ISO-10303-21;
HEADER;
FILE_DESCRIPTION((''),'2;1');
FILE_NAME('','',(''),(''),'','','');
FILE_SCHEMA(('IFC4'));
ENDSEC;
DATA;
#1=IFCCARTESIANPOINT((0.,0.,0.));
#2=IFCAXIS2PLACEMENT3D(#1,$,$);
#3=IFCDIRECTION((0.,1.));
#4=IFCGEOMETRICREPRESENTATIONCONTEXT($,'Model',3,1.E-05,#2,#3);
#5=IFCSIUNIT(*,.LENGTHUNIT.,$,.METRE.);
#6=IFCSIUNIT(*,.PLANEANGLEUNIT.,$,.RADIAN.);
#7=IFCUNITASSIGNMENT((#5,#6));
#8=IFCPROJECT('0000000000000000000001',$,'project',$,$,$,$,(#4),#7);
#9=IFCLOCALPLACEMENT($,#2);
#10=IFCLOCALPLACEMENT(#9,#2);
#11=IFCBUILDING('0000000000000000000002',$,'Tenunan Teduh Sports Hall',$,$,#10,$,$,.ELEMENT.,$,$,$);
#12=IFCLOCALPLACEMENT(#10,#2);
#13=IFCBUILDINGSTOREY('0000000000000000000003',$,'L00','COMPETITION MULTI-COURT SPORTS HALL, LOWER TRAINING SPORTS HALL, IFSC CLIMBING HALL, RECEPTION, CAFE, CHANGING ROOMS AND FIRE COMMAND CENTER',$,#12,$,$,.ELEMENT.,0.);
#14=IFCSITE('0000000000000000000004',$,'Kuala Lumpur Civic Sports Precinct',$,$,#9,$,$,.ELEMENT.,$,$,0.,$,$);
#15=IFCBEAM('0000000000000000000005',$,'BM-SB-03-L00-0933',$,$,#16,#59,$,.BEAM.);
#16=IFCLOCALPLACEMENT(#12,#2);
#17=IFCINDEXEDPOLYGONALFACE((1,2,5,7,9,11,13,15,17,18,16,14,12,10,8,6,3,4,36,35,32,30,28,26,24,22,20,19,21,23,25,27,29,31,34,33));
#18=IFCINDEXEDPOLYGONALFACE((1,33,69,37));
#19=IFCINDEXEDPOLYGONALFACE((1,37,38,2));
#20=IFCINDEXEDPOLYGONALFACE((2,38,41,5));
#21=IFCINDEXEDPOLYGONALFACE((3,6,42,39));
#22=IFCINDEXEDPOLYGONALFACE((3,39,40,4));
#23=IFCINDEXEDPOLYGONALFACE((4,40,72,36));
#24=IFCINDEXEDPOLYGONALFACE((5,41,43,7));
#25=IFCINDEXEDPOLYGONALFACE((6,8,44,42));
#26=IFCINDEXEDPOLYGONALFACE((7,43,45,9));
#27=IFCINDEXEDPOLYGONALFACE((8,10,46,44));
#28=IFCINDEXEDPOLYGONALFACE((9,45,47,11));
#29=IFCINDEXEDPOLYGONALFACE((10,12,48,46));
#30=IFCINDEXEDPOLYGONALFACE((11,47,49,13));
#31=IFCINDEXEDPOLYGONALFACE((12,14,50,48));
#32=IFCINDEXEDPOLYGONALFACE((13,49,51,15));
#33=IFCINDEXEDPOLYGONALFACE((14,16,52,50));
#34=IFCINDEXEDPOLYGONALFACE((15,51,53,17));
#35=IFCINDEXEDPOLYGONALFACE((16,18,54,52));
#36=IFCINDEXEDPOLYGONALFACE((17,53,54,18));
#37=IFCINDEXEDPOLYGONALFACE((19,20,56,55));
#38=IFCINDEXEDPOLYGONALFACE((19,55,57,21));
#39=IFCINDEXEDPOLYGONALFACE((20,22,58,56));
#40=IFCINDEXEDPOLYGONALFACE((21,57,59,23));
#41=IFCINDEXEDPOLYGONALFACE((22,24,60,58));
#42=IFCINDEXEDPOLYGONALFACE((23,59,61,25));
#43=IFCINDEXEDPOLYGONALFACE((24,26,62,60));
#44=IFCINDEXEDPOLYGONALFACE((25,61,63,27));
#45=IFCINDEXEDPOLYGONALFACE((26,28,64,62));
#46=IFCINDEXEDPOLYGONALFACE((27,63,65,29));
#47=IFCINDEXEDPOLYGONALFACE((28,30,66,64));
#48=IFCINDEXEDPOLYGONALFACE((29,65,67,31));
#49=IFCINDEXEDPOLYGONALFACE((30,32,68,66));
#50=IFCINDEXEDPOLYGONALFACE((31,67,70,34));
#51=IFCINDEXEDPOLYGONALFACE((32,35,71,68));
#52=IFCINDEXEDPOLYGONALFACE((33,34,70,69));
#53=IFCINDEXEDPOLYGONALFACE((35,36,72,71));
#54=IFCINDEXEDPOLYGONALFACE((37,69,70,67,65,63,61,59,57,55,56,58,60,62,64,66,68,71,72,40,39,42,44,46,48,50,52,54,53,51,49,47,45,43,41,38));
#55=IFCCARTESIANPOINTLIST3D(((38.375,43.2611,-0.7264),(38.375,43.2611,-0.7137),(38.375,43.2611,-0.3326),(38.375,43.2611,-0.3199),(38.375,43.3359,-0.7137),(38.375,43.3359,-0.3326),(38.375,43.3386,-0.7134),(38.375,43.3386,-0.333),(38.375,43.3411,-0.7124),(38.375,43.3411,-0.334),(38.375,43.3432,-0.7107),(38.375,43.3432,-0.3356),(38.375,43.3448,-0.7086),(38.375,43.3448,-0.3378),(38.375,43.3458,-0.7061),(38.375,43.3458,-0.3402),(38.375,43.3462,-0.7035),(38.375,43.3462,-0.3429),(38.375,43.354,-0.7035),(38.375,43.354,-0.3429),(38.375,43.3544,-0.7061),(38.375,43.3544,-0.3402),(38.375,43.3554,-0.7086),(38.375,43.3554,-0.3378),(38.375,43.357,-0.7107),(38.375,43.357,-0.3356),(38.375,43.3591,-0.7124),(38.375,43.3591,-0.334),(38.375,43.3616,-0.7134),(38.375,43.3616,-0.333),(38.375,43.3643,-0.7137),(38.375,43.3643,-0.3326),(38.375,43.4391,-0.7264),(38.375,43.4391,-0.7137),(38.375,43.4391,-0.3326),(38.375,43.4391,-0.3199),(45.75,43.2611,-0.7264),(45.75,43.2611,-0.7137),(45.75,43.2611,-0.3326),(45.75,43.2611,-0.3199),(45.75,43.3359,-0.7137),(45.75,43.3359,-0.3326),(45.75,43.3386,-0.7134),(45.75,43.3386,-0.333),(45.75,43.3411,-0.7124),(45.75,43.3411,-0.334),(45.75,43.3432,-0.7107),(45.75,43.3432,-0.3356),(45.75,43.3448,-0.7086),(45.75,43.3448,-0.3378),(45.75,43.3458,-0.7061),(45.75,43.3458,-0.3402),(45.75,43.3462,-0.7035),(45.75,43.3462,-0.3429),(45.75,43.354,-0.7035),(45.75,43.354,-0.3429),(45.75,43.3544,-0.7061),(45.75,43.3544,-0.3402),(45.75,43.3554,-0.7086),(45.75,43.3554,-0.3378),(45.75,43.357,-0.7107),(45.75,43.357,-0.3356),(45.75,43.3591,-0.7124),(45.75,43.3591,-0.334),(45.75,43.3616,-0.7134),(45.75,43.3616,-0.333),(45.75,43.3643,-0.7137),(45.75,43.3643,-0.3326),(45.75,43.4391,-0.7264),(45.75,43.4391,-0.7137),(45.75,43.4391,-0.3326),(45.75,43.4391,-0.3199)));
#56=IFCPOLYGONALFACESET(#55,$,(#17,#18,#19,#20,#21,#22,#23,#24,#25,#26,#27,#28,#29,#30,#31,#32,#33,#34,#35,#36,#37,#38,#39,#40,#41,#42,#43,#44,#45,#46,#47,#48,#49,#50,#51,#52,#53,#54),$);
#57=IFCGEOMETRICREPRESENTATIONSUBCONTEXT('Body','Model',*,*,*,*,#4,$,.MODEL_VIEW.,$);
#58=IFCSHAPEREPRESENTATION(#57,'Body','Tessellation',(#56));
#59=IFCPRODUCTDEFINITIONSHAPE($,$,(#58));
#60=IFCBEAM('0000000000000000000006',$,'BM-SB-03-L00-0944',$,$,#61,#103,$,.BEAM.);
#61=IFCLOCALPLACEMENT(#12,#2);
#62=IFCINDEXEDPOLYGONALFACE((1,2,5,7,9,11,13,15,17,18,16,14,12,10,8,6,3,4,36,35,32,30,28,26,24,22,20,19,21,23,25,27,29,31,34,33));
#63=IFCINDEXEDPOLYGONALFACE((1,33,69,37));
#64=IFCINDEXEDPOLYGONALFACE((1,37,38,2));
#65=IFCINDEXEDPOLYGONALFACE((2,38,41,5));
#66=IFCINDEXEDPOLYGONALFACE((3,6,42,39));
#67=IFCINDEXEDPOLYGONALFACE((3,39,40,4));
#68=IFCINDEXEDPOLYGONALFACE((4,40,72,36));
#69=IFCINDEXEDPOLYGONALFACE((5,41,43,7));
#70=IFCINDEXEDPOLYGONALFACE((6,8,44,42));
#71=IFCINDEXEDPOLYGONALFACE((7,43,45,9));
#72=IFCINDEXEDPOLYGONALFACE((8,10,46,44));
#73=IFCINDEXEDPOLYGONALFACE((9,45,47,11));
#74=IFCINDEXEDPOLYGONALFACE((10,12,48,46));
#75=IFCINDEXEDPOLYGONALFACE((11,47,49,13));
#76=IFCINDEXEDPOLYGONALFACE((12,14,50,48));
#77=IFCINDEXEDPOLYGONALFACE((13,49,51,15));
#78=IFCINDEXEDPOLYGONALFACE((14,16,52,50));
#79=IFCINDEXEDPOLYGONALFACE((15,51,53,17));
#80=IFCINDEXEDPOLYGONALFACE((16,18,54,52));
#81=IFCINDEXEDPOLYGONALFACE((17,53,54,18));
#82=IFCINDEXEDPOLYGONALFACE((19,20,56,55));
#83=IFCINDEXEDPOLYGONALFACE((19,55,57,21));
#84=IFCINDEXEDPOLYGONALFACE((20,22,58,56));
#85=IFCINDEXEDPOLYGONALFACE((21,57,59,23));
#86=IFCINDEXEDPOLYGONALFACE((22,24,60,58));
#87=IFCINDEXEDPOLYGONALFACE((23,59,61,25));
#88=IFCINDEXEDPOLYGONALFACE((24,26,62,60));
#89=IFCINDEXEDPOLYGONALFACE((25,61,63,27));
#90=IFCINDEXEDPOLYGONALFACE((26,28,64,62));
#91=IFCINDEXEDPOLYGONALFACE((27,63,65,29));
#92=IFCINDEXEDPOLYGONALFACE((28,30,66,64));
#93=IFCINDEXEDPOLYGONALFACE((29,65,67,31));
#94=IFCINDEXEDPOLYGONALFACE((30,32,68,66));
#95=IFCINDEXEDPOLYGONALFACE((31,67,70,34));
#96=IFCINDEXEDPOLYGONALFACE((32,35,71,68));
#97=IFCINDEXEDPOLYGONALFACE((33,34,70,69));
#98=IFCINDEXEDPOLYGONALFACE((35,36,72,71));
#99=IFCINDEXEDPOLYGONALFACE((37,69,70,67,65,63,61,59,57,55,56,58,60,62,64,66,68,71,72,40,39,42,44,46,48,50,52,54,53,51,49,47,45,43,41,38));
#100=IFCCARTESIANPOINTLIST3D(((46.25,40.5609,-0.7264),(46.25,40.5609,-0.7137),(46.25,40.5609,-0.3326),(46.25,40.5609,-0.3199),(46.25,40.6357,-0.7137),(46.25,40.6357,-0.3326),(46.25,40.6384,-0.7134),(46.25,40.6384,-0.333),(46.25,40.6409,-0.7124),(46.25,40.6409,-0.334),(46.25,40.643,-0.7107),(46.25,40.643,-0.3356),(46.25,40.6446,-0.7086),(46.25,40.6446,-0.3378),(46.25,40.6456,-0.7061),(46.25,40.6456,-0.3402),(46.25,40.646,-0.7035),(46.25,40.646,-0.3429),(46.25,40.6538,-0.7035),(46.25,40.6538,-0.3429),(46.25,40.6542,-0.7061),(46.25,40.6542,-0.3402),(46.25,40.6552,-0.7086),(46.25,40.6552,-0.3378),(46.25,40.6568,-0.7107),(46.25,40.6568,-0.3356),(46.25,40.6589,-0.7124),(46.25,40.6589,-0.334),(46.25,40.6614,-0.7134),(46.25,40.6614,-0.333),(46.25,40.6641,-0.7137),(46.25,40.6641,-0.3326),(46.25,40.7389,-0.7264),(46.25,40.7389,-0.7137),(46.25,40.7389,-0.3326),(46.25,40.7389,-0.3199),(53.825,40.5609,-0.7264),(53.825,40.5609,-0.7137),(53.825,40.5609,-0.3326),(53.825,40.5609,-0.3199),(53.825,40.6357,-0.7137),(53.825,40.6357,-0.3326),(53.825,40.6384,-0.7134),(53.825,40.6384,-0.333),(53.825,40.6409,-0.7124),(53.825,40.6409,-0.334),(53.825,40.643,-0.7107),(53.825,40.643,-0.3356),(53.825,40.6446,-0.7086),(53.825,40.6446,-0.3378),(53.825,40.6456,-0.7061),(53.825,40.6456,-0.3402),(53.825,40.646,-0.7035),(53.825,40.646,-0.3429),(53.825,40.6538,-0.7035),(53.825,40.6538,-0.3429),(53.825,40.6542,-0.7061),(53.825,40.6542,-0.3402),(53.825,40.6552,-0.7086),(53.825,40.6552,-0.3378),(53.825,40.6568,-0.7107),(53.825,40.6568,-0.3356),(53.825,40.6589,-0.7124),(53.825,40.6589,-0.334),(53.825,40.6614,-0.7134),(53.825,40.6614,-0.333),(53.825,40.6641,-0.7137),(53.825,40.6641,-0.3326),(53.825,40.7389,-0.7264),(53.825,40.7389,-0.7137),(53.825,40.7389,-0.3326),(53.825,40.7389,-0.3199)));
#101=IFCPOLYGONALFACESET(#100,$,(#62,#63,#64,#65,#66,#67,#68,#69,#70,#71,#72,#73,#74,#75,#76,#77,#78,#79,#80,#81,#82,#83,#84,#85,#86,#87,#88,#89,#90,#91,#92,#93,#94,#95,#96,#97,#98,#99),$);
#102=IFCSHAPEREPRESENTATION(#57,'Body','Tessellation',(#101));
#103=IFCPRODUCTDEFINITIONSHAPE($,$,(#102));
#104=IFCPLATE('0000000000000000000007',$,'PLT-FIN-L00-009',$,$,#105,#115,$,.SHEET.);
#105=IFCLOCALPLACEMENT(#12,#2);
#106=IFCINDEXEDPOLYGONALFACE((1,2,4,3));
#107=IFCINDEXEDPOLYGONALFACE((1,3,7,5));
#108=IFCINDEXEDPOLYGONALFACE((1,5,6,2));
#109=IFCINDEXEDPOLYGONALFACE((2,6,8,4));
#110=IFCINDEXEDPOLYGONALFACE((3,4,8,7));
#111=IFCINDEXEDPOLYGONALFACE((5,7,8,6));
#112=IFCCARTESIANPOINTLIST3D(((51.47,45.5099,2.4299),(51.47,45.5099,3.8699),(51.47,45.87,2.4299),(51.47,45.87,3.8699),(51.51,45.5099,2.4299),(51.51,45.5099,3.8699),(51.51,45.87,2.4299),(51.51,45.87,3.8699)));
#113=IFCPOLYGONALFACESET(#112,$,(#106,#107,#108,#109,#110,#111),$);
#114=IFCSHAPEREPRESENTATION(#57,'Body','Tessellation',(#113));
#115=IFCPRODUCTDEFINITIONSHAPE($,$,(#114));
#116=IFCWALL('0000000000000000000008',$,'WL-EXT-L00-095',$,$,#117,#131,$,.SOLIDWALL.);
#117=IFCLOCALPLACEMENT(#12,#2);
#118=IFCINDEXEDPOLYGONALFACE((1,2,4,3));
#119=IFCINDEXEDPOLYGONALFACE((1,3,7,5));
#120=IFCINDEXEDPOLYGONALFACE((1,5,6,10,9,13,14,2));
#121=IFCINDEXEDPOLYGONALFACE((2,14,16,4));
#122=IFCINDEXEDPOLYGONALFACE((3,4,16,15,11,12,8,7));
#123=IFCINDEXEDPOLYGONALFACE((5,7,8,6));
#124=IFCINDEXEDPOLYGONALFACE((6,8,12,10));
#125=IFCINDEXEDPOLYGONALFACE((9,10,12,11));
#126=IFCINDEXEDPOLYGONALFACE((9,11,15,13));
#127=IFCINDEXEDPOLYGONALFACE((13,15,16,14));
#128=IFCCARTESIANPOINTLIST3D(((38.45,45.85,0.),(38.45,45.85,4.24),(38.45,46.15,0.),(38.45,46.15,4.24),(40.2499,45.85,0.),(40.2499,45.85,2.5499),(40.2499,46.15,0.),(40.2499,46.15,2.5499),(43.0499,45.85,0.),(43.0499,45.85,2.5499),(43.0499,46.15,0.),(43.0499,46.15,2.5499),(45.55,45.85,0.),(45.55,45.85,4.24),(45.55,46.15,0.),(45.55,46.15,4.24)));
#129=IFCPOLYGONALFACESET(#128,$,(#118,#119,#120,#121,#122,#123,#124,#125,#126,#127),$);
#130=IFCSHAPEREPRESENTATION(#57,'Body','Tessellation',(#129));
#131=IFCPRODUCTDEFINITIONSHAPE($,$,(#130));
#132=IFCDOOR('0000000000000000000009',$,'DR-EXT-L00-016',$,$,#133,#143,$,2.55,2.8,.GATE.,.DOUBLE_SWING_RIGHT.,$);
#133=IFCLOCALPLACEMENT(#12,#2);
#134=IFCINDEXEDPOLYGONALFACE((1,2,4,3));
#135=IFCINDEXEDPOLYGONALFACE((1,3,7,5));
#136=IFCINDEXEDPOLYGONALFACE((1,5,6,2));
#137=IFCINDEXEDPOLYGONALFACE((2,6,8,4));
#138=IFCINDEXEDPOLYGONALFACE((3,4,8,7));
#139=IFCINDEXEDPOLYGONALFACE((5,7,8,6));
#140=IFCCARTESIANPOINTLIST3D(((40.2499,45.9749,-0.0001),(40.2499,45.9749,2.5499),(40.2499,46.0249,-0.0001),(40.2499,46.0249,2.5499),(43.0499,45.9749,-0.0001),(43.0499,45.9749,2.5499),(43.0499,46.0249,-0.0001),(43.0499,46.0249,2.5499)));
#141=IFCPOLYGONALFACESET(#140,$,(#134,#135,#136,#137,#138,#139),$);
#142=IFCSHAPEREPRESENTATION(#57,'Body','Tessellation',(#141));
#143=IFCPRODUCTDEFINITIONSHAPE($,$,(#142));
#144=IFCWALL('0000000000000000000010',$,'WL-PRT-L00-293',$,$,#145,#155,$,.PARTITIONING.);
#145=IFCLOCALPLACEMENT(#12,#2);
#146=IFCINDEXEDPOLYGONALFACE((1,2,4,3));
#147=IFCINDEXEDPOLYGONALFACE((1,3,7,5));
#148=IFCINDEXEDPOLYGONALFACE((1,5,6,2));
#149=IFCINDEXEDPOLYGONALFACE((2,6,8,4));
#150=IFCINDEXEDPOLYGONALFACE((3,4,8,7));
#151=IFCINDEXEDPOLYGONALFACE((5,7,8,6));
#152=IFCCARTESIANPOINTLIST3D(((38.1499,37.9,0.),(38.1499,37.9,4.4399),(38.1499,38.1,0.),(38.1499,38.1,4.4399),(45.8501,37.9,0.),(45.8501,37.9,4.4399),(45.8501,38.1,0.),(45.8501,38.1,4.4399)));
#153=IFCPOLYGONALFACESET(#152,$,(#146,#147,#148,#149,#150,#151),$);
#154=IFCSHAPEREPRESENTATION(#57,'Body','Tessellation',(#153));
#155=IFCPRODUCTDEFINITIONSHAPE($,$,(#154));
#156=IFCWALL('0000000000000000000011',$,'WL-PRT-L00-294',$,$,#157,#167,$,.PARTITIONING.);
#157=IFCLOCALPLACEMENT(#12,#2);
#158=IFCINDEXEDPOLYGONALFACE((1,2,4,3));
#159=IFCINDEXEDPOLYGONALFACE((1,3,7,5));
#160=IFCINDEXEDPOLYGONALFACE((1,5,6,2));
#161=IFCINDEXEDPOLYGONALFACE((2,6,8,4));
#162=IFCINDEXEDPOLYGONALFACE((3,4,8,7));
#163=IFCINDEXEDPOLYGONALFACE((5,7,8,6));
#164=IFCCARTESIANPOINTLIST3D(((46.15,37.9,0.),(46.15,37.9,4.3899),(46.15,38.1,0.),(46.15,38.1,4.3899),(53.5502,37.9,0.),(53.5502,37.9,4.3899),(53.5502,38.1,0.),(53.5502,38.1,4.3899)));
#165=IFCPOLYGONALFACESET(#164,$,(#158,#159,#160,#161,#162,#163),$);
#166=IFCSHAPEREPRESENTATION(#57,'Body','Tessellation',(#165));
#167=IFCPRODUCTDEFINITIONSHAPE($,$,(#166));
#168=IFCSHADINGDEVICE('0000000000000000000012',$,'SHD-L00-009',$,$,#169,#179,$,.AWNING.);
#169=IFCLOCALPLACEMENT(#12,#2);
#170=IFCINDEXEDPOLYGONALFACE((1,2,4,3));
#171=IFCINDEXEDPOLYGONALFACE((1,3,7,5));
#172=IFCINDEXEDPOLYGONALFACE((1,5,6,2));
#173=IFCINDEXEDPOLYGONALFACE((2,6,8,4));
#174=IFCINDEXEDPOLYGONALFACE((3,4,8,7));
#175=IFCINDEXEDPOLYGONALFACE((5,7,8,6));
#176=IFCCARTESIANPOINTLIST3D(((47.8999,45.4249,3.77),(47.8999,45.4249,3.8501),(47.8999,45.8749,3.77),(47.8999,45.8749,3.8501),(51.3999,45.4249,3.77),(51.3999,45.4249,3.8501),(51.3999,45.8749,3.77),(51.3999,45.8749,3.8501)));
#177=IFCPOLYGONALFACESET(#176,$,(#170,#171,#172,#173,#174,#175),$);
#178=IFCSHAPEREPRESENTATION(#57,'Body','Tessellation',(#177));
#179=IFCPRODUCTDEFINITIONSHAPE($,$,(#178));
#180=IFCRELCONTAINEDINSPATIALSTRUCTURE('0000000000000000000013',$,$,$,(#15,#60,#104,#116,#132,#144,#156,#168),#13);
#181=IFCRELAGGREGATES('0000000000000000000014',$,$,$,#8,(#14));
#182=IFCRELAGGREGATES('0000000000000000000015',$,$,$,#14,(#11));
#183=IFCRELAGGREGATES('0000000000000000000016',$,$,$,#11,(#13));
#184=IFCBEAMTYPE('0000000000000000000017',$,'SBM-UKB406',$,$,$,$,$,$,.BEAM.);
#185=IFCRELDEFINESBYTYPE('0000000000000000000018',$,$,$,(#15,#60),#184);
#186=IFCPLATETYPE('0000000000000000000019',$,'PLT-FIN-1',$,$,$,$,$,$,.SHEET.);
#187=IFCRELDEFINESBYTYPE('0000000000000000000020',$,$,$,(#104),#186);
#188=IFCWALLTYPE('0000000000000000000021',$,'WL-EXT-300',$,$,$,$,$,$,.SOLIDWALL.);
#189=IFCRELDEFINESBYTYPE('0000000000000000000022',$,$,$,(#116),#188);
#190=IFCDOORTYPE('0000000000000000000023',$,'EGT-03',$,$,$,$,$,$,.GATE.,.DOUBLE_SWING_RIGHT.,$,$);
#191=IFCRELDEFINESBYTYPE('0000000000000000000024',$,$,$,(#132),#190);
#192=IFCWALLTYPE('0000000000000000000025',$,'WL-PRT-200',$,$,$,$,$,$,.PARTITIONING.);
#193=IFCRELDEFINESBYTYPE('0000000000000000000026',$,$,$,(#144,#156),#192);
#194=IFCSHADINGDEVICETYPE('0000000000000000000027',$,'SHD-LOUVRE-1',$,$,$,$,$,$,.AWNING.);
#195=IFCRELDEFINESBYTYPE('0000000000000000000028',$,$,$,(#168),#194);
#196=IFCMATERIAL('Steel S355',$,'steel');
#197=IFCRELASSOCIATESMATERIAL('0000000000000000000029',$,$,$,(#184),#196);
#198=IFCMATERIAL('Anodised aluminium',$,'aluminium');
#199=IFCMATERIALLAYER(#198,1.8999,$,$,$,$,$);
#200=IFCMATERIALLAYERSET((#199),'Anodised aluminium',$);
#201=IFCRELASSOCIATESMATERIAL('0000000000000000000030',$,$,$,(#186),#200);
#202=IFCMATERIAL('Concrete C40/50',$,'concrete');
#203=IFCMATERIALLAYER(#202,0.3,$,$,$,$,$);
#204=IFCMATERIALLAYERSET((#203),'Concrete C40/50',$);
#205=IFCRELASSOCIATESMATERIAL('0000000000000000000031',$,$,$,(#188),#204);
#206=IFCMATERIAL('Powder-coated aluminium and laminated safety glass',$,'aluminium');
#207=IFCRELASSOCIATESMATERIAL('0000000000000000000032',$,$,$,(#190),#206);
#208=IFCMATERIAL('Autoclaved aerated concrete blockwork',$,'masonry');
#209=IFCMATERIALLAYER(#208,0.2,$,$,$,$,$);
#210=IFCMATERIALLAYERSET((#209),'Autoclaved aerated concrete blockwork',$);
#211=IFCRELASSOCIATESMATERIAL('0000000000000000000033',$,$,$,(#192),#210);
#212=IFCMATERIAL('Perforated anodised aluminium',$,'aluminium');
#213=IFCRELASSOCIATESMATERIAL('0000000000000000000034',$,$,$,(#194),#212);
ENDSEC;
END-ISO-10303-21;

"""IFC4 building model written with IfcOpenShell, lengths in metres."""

from ifc_helpers import new_model, si_unit, direction, frame, frame_2d, origin, origin_2d, place, context, subcontext, project, spatial, rectangle, i_section, extrude, material, layer, layer_set, material_profile, profile_set, type_object, element, fill, save


model = new_model("IFC4")

# Units and contexts
model_context = context("Model", 3, precision=1e-05, world=origin(), true_north=direction((0.0, 1.0)))
body_context = subcontext(model_context, "Body", "Model", "MODEL_VIEW")
ifc_project = project(units=[si_unit("LENGTHUNIT", "METRE"), si_unit("PLANEANGLEUNIT", "RADIAN")], contexts=[model_context])

# Site, building, storey
site_placement = place(None, origin())
site = spatial("IfcSite", under=ifc_project, at=site_placement, Name="Kuala Lumpur Civic Sports Precinct", CompositionType="ELEMENT", RefElevation=0.0)
building_placement = place(site_placement, origin())
building = spatial("IfcBuilding", under=site, at=building_placement, Name="Tenunan Teduh Sports Hall", CompositionType="ELEMENT")
storey_placement = place(building_placement, origin())
storey = spatial("IfcBuildingStorey", under=building, at=storey_placement, Name="L00", Description="COMPETITION MULTI-COURT SPORTS HALL, LOWER TRAINING SPORTS HALL, IFSC CLIMBING HALL, RECEPTION, CAFE, CHANGING ROOMS AND FIRE COMMAND CENTER", CompositionType="ELEMENT", Elevation=0.0)

# Beams
ifc_material_1 = material(Name="Steel S355", Category="steel")
ifc_material_profile_1 = material_profile(ifc_material_1, i_section(OverallWidth=0.178, OverallDepth=0.4065, WebThickness=0.0078, FlangeThickness=0.0127, FilletRadius=0.0103, at=origin_2d()), Name="UKB 406x178x60")
ifc_profile_set_1 = profile_set([ifc_material_profile_1], Name="Steel S355")
beam_type_1 = type_object("IfcBeamType", Name="SBM-UKB406", PredefinedType="BEAM", material=ifc_profile_set_1)
beam_1_placement = place(storey_placement, frame((38.375, 43.3501, -0.5232), z_axis=(1.0, 0.0, 0.0), x_axis=(0.0, 1.0, 0.0)))
element("IfcBeam", 1, at=beam_1_placement, inside=storey, type_object=beam_type_1, Name="BM-SB-03-L00-0933", PredefinedType="BEAM", context=body_context, shape_type="SweptSolid", body=[
    extrude(i_section(OverallWidth=0.178, OverallDepth=0.4065, WebThickness=0.0078, FlangeThickness=0.0127, FilletRadius=0.0103, at=origin_2d()), origin(), (0.0, 0.0, 1.0), 7.375),
])
beam_2_placement = place(storey_placement, frame((46.25, 40.6499, -0.5232), z_axis=(1.0, 0.0, 0.0), x_axis=(0.0, 1.0, 0.0)))
element("IfcBeam", 2, at=beam_2_placement, inside=storey, type_object=beam_type_1, Name="BM-SB-03-L00-0944", PredefinedType="BEAM", context=body_context, shape_type="SweptSolid", body=[
    extrude(i_section(OverallWidth=0.178, OverallDepth=0.4065, WebThickness=0.0078, FlangeThickness=0.0127, FilletRadius=0.0103, at=origin_2d()), origin(), (0.0, 0.0, 1.0), 7.575),
])

# Plate
ifc_material_2 = material(Name="Anodised aluminium", Category="aluminium")
ifc_layer_1 = layer(ifc_material_2, 1.8999)
ifc_layer_set_1 = layer_set([ifc_layer_1], Name="Anodised aluminium")
plate_type = type_object("IfcPlateType", Name="PLT-FIN-1", PredefinedType="SHEET", material=ifc_layer_set_1)
plate_placement = place(storey_placement, frame((51.49, 45.6899, 2.4299), z_axis=(0.0, 0.0, 1.0), x_axis=(1.0, 0.0, 0.0)))
element("IfcPlate", 3, at=plate_placement, inside=storey, type_object=plate_type, Name="PLT-FIN-L00-009", PredefinedType="SHEET", context=body_context, shape_type="SweptSolid", body=[
    extrude(rectangle(XDim=0.04, YDim=0.3601, at=origin_2d()), origin(), (0.0, 0.0, 1.0), 1.4399),
])

# Wall, opening, door
ifc_material_3 = material(Name="Concrete C40/50", Category="concrete")
ifc_layer_2 = layer(ifc_material_3, 0.3)
ifc_layer_set_2 = layer_set([ifc_layer_2], Name="Concrete C40/50")
wall_type_1 = type_object("IfcWallType", Name="WL-EXT-300", PredefinedType="SOLIDWALL", material=ifc_layer_set_2)
wall_1_placement = place(storey_placement, frame((38.45, 46.0, 0.0), z_axis=(0.0, 0.0, 1.0), x_axis=(1.0, 0.0, 0.0)))
wall_1 = element("IfcWall", 4, at=wall_1_placement, inside=storey, type_object=wall_type_1, Name="WL-EXT-L00-095", PredefinedType="SOLIDWALL", context=body_context, shape_type="SweptSolid", body=[
    extrude(rectangle(XDim=7.1001, YDim=0.3, at=frame_2d((3.55, 0.0))), origin(), (0.0, 0.0, 1.0), 4.24),
])
opening_placement = place(wall_1_placement, frame((1.8, 0.0, 0.0)))
opening = element("IfcOpeningElement", 5, at=opening_placement, cuts=wall_1, PredefinedType="OPENING", context=body_context, shape_type="SweptSolid", body=[
    extrude(rectangle(XDim=2.8, YDim=2.55, at=frame_2d((1.3999, 1.2749))), frame((0.0, 0.1599, 0.0), z_axis=(0.0, -1.0, 0.0), x_axis=(1.0, 0.0, 0.0)), (0.0, 0.0, 1.0), 0.3201),
])
ifc_material_4 = material(Name="Powder-coated aluminium and laminated safety glass", Category="aluminium")
door_type = type_object("IfcDoorType", Name="EGT-03", OperationType="DOUBLE_SWING_RIGHT", PredefinedType="GATE", material=ifc_material_4)
door_placement = place(opening_placement, origin())
door = element("IfcDoor", 6, at=door_placement, inside=storey, type_object=door_type, Name="DR-EXT-L00-016", OperationType="DOUBLE_SWING_RIGHT", OverallHeight=2.55, OverallWidth=2.8, PredefinedType="GATE", context=body_context, shape_type="SweptSolid", body=[
    extrude(rectangle(XDim=2.8, YDim=2.55, at=frame_2d((1.3999, 1.2749))), frame((0.0, 0.0249, 0.0), z_axis=(0.0, -1.0, 0.0), x_axis=(1.0, 0.0, 0.0)), (0.0, 0.0, 1.0), 0.05),
])
fill(opening, door)

# Walls
ifc_material_5 = material(Name="Autoclaved aerated concrete blockwork", Category="masonry")
ifc_layer_3 = layer(ifc_material_5, 0.2)
ifc_layer_set_3 = layer_set([ifc_layer_3], Name="Autoclaved aerated concrete blockwork")
wall_type_2 = type_object("IfcWallType", Name="WL-PRT-200", PredefinedType="PARTITIONING", material=ifc_layer_set_3)
wall_2_placement = place(storey_placement, frame((38.1499, 38.0, 0.0), z_axis=(0.0, 0.0, 1.0), x_axis=(1.0, 0.0, 0.0)))
element("IfcWall", 7, at=wall_2_placement, inside=storey, type_object=wall_type_2, Name="WL-PRT-L00-293", PredefinedType="PARTITIONING", context=body_context, shape_type="SweptSolid", body=[
    extrude(rectangle(XDim=7.7002, YDim=0.2, at=frame_2d((3.8501, 0.0))), origin(), (0.0, 0.0, 1.0), 4.4399),
])
wall_3_placement = place(storey_placement, frame((46.1499, 38.0, 0.0), z_axis=(0.0, 0.0, 1.0), x_axis=(1.0, 0.0, 0.0)))
element("IfcWall", 8, at=wall_3_placement, inside=storey, type_object=wall_type_2, Name="WL-PRT-L00-294", PredefinedType="PARTITIONING", context=body_context, shape_type="SweptSolid", body=[
    extrude(rectangle(XDim=7.4001, YDim=0.2, at=frame_2d((3.7002, 0.0))), origin(), (0.0, 0.0, 1.0), 4.3899),
])

# Shading device
ifc_material_6 = material(Name="Perforated anodised aluminium", Category="aluminium")
shading_device_type = type_object("IfcShadingDeviceType", Name="SHD-LOUVRE-1", PredefinedType="AWNING", material=ifc_material_6)
shading_device_placement = place(storey_placement, frame((49.6499, 45.6499, 3.77), z_axis=(0.0, 0.0, 1.0), x_axis=(1.0, 0.0, 0.0)))
element("IfcShadingDevice", 9, at=shading_device_placement, inside=storey, type_object=shading_device_type, Name="SHD-L00-009", PredefinedType="AWNING", context=body_context, shape_type="SweptSolid", body=[
    extrude(rectangle(XDim=3.5, YDim=0.45, at=origin_2d()), origin(), (0.0, 0.0, 1.0), 0.0801),
])

save(model, "model.ifc")
